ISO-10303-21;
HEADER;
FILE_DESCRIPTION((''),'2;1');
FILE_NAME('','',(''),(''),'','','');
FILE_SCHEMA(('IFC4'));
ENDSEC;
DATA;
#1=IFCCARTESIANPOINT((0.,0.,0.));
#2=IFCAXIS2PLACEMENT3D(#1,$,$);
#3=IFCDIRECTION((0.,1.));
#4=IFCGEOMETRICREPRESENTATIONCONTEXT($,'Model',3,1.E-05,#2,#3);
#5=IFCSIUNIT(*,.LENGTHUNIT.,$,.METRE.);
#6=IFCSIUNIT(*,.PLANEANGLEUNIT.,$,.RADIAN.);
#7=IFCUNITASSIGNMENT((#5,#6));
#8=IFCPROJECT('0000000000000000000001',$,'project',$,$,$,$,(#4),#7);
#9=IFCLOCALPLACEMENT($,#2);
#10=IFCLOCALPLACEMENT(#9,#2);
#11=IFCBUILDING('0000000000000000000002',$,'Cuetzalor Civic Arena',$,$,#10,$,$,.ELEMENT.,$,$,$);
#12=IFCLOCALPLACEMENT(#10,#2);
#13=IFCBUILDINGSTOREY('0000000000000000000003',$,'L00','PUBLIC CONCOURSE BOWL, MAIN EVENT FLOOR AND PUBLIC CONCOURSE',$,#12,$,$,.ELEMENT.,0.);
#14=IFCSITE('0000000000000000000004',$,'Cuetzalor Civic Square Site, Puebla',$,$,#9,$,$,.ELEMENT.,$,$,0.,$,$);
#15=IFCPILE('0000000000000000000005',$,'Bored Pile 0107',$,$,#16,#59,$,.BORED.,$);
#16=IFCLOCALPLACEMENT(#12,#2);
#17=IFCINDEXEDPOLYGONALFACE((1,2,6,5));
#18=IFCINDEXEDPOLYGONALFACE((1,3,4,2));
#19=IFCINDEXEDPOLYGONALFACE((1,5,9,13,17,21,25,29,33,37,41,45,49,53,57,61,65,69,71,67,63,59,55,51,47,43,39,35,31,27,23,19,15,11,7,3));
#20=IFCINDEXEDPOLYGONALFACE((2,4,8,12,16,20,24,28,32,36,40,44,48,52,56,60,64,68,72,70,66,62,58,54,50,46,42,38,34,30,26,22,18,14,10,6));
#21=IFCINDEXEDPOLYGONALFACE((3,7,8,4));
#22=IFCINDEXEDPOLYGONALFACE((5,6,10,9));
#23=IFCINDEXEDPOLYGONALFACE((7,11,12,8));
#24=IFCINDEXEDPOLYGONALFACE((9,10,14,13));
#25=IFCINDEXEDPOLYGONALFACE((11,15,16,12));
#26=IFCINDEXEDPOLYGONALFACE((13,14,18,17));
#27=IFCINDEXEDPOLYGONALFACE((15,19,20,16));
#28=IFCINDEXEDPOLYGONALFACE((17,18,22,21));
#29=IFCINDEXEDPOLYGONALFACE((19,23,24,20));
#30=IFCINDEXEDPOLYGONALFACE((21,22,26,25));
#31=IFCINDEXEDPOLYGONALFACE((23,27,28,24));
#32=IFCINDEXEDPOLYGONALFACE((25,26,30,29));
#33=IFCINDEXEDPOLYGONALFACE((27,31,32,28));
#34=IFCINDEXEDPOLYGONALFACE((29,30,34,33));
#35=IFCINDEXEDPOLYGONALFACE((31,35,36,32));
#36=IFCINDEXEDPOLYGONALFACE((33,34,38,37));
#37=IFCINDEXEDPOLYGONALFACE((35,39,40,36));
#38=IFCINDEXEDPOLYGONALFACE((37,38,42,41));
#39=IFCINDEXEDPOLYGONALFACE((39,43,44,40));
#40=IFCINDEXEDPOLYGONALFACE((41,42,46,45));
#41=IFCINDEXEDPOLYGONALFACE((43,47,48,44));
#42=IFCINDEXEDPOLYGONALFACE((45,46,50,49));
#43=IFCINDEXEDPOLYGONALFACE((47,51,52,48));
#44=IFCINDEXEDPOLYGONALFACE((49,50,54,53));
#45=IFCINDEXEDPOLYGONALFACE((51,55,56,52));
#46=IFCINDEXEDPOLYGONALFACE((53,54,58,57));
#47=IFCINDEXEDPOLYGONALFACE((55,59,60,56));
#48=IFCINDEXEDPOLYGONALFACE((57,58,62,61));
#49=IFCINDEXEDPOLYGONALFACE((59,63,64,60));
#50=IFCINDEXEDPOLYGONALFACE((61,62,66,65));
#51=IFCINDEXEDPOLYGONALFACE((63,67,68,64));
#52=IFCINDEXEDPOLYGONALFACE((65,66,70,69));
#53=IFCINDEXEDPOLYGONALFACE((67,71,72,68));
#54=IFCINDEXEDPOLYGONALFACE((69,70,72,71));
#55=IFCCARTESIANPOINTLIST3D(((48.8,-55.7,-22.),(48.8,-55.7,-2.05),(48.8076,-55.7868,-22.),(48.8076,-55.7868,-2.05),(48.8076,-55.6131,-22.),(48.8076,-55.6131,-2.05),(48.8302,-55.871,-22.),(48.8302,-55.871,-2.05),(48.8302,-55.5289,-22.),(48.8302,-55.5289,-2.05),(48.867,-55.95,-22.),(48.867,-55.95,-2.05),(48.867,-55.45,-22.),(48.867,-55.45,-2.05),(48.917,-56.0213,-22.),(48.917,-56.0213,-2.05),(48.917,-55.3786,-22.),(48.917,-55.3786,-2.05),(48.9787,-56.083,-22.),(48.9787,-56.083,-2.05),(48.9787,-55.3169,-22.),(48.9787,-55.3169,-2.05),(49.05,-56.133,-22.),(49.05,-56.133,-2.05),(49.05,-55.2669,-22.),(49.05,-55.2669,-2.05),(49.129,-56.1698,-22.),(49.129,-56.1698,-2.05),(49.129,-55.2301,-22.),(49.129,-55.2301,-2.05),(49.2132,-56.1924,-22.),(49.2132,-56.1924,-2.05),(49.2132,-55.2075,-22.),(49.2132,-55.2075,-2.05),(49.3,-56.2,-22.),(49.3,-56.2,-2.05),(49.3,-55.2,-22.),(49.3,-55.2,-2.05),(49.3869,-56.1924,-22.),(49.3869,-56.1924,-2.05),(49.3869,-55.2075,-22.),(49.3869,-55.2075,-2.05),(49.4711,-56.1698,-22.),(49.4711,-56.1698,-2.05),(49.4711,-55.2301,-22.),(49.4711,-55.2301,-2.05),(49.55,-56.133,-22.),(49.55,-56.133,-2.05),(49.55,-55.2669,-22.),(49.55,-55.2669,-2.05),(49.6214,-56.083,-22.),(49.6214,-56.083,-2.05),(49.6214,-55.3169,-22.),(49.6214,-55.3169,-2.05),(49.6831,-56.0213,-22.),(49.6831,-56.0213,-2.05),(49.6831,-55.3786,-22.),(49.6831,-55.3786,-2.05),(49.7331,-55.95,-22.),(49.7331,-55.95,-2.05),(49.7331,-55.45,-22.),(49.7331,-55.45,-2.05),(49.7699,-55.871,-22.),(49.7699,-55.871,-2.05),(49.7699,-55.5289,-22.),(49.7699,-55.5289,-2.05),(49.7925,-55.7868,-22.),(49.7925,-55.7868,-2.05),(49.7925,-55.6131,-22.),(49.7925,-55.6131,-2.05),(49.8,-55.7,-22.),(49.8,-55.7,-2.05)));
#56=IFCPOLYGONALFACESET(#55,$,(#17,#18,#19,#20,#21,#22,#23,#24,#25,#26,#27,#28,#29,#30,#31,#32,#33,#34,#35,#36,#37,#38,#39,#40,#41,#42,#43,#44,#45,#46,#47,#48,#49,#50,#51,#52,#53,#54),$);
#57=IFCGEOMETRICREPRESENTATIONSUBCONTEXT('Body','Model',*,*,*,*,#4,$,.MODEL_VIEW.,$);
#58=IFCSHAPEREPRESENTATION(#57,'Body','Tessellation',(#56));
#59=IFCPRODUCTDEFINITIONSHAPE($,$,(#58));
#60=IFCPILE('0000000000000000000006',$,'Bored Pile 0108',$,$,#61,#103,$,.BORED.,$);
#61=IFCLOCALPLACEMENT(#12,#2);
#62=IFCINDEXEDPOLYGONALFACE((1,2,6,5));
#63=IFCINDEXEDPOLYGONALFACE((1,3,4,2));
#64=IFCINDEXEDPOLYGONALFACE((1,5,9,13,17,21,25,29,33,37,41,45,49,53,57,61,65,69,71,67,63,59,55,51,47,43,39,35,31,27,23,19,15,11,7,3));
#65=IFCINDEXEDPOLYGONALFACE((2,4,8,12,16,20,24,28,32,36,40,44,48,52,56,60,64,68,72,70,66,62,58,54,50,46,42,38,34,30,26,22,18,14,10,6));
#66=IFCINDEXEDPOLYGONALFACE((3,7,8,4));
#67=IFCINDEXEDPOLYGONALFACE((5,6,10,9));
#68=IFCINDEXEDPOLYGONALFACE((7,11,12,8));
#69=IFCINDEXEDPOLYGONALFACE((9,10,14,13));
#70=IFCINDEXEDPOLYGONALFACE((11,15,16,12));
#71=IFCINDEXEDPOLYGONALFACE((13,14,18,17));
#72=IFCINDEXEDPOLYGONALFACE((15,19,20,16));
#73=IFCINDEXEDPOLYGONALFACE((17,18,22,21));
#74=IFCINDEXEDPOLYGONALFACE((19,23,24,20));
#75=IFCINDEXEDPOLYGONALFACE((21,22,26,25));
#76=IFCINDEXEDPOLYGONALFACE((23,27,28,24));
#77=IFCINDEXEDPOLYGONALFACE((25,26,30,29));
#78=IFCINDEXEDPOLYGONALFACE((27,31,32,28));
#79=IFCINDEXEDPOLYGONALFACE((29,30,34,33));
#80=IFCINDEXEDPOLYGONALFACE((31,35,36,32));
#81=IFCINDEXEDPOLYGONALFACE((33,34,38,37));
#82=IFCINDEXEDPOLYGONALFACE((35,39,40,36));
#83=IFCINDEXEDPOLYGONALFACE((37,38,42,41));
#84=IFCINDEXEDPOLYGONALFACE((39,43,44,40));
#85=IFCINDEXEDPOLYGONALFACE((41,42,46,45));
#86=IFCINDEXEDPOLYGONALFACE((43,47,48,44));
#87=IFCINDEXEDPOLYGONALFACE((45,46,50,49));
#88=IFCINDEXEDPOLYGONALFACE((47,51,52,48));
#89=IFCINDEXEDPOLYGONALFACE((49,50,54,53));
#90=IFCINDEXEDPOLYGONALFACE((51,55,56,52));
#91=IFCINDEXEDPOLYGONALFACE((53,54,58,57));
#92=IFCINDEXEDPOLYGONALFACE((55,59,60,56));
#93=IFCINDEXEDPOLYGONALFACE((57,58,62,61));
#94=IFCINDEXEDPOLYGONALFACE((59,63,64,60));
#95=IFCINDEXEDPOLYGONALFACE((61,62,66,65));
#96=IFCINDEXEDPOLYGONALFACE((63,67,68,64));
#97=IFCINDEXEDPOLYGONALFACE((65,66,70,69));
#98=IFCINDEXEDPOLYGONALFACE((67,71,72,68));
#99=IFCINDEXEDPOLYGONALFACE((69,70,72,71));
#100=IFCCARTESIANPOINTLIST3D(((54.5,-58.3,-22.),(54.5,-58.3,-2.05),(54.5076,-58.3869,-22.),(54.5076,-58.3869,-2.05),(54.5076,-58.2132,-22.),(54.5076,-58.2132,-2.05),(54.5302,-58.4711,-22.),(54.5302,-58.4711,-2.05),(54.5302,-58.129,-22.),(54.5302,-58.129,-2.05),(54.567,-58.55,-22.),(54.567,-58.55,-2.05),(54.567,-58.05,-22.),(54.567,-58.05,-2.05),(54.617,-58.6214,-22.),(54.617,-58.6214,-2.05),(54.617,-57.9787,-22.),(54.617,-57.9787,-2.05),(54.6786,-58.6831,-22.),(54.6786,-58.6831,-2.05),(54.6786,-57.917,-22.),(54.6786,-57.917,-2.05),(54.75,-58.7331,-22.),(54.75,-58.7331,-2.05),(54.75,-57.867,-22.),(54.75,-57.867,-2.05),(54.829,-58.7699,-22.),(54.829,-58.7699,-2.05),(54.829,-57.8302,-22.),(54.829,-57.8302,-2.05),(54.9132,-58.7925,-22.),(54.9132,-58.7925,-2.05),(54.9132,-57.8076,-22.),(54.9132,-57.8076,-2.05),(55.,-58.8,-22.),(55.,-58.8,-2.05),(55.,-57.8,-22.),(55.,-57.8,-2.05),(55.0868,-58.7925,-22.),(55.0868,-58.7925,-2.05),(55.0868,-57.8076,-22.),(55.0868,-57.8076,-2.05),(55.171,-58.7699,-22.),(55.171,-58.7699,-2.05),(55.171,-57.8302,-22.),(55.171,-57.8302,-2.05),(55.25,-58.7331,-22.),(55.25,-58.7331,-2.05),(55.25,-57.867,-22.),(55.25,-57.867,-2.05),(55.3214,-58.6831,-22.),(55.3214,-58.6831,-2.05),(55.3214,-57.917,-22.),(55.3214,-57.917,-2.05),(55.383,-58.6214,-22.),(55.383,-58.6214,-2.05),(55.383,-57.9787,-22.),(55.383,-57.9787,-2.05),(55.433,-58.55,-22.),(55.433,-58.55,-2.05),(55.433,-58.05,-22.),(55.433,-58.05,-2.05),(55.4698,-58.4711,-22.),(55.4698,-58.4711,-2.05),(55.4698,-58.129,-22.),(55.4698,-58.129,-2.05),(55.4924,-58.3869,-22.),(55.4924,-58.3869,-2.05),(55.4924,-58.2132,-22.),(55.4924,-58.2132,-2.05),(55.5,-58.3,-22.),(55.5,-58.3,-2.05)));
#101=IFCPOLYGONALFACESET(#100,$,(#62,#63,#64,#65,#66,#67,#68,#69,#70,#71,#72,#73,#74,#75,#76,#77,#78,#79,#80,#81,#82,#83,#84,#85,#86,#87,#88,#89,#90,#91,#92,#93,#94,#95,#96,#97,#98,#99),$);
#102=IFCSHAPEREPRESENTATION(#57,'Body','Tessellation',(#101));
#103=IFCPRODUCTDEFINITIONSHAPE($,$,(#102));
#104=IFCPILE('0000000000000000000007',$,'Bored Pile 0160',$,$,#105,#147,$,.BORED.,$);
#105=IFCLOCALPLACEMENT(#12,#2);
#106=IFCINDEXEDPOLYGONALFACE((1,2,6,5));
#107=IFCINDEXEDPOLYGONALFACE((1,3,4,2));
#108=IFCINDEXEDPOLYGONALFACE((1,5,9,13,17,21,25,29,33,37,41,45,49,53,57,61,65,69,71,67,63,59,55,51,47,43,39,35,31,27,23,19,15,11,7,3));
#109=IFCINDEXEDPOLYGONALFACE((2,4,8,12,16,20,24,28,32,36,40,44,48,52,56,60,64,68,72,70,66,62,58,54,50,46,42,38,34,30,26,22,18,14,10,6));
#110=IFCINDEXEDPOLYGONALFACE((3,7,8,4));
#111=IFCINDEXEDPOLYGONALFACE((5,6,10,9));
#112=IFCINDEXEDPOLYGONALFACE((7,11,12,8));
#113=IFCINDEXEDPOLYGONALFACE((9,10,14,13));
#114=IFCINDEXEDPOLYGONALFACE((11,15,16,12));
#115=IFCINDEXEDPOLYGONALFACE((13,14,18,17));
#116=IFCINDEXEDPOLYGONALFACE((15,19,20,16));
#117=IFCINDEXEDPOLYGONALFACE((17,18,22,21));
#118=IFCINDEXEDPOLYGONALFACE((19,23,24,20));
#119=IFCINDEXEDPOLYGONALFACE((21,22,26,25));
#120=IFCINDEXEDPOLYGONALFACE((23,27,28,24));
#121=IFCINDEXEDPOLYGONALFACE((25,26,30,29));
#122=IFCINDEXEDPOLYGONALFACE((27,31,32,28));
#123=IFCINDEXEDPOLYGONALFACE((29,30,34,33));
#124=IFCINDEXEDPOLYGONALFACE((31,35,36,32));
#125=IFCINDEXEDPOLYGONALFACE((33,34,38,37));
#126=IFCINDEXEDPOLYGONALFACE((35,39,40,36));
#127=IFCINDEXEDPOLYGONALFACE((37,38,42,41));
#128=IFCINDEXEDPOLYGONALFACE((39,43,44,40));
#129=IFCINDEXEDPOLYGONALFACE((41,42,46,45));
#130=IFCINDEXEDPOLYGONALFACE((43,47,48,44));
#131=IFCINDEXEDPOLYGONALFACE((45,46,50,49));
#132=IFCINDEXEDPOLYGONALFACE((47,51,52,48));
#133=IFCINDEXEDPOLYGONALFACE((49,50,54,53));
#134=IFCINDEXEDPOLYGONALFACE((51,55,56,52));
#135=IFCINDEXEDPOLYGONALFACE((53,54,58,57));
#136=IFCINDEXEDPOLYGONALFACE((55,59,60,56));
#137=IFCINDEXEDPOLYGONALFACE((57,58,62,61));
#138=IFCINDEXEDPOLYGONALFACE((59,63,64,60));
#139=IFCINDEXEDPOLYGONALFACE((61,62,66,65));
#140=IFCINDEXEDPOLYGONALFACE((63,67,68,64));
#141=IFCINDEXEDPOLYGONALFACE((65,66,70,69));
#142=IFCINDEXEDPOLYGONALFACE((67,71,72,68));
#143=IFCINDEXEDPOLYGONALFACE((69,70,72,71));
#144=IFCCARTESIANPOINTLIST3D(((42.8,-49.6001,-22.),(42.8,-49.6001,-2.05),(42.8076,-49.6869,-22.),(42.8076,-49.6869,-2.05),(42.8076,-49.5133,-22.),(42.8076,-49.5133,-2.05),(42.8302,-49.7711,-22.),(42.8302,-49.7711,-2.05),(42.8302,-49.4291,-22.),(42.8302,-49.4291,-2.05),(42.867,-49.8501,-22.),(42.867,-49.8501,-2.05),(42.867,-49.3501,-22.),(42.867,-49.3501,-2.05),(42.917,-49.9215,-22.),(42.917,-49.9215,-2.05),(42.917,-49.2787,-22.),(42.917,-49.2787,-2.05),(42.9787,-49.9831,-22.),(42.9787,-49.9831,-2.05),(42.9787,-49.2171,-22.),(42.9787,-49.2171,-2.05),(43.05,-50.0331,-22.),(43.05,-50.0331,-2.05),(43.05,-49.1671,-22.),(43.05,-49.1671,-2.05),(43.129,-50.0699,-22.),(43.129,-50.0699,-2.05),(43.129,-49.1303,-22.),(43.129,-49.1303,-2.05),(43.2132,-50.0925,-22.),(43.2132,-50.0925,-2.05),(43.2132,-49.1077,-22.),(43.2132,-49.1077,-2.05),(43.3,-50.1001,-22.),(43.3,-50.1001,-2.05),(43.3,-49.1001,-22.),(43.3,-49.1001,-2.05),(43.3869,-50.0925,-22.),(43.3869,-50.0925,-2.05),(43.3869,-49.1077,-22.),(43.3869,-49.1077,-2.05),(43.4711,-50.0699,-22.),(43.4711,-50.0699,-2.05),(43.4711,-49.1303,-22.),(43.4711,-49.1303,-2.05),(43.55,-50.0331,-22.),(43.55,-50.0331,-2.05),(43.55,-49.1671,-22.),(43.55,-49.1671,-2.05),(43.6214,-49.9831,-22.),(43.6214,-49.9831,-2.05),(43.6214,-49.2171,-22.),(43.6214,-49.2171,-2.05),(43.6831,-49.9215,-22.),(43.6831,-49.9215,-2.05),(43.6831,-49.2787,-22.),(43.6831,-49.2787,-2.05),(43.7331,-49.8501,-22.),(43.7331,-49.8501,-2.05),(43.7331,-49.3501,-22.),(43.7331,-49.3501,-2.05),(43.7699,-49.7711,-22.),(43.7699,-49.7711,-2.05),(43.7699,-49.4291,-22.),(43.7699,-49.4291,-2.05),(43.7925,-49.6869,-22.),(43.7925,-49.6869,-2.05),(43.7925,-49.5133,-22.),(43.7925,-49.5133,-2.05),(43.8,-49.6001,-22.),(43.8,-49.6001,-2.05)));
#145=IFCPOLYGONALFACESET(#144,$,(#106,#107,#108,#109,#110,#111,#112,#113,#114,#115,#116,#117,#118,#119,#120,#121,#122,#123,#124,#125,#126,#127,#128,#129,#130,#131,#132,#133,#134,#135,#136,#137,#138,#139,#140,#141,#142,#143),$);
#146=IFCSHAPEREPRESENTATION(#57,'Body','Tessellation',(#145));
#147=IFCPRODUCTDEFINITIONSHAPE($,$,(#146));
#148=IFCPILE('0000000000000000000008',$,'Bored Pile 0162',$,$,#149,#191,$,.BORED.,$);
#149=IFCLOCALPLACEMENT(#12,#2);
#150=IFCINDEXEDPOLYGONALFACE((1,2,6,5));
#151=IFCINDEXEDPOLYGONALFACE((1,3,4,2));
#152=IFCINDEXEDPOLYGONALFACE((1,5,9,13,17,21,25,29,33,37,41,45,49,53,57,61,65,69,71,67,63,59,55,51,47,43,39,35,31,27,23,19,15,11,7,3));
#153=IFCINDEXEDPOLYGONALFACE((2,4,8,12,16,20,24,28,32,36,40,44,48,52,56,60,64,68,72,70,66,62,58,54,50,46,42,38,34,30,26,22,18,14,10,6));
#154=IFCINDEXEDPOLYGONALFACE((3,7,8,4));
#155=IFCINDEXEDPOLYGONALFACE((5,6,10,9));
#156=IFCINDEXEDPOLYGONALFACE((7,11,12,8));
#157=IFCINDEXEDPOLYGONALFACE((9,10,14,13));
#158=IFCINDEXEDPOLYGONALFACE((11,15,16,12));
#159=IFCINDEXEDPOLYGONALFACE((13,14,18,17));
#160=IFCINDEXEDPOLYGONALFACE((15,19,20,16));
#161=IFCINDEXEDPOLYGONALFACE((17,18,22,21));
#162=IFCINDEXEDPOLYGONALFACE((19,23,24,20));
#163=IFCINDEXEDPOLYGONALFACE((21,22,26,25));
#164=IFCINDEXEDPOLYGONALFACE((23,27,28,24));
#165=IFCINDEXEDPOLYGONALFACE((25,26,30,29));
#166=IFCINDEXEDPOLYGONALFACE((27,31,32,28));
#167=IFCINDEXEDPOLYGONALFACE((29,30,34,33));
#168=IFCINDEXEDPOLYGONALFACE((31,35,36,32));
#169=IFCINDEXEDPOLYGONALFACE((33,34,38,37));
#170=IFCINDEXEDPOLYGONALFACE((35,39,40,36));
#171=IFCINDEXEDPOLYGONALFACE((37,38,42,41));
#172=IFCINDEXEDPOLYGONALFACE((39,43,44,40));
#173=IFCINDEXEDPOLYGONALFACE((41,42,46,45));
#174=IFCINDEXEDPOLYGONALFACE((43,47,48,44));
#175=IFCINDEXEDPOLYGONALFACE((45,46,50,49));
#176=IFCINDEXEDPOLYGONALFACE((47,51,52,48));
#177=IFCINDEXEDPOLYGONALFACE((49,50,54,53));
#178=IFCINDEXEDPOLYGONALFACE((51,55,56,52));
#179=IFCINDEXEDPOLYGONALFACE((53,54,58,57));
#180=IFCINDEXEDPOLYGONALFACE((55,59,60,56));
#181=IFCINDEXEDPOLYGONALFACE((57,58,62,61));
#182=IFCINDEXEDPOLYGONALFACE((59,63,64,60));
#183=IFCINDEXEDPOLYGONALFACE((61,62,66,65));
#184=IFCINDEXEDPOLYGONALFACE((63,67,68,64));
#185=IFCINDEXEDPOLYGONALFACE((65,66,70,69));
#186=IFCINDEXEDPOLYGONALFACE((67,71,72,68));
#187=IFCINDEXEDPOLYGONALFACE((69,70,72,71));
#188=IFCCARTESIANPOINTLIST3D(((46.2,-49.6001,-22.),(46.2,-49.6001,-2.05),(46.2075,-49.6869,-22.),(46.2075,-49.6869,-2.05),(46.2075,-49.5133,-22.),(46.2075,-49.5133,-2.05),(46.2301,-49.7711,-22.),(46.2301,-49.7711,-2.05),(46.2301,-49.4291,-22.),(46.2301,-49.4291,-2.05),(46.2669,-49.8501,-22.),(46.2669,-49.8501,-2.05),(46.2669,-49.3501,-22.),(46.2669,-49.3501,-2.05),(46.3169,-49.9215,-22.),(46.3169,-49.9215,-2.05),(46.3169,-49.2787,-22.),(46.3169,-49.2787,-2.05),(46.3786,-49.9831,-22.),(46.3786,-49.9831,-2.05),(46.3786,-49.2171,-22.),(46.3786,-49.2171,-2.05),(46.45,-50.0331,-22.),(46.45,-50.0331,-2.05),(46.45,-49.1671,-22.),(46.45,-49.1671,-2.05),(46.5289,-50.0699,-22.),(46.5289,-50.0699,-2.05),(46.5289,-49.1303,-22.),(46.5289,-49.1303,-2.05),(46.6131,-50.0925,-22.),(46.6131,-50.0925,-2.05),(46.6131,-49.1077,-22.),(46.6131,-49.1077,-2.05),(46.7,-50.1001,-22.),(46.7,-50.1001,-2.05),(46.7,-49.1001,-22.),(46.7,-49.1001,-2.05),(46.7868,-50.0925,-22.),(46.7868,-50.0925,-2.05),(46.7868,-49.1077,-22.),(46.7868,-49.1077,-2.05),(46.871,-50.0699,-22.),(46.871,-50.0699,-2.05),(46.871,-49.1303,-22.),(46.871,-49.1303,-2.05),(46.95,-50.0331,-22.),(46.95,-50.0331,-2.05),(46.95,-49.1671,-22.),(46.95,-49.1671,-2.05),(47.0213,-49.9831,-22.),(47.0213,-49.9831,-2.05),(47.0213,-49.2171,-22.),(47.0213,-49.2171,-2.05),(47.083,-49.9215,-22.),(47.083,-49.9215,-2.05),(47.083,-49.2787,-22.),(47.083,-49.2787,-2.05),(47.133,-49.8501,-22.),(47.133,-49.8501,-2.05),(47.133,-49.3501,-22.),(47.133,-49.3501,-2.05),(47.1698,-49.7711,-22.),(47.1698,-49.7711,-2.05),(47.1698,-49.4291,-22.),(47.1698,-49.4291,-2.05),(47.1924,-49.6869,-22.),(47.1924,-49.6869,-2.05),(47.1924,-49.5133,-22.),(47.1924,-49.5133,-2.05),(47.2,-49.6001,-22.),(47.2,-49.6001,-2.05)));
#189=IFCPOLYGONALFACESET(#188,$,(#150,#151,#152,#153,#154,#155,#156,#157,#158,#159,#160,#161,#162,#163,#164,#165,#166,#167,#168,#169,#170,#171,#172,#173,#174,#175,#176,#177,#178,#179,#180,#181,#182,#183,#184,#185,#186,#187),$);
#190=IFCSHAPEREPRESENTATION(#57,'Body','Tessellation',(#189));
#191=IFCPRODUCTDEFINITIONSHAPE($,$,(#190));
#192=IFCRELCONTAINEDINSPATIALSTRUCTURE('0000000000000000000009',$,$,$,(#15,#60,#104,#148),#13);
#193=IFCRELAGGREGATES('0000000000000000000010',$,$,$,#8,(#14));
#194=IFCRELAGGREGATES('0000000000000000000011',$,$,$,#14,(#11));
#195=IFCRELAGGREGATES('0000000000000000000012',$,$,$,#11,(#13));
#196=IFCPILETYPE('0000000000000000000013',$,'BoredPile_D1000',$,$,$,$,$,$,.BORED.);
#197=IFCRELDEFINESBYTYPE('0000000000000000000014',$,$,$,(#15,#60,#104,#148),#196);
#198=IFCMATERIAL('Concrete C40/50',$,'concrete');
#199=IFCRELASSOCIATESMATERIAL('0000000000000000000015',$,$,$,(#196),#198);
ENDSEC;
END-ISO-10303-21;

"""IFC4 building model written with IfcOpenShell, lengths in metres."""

from ifc_helpers import new_model, si_unit, direction, frame, origin, origin_2d, place, context, subcontext, project, spatial, circle, extrude, material, material_profile, profile_set, type_object, element, save


model = new_model("IFC4")

# Units and contexts
model_context = context("Model", 3, precision=1e-05, world=origin(), true_north=direction((0.0, 1.0)))
body_context = subcontext(model_context, "Body", "Model", "MODEL_VIEW")
ifc_project = project(units=[si_unit("LENGTHUNIT", "METRE"), si_unit("PLANEANGLEUNIT", "RADIAN")], contexts=[model_context])

# Site, building, storey
site_placement = place(None, origin())
site = spatial("IfcSite", under=ifc_project, at=site_placement, Name="Cuetzalor Civic Square Site, Puebla", CompositionType="ELEMENT", RefElevation=0.0)
building_placement = place(site_placement, origin())
building = spatial("IfcBuilding", under=site, at=building_placement, Name="Cuetzalor Civic Arena", CompositionType="ELEMENT")
storey_placement = place(building_placement, origin())
storey = spatial("IfcBuildingStorey", under=building, at=storey_placement, Name="L00", Description="PUBLIC CONCOURSE BOWL, MAIN EVENT FLOOR AND PUBLIC CONCOURSE", CompositionType="ELEMENT", Elevation=0.0)

# Piles
ifc_material_1 = material(Name="Concrete C40/50", Category="concrete")
ifc_material_profile_1 = material_profile(ifc_material_1, circle(Radius=0.5, at=origin_2d()), Name="BORED PILE D1000")
ifc_profile_set_1 = profile_set([ifc_material_profile_1], Name="Concrete C40/50")
pile_type = type_object("IfcPileType", Name="BoredPile_D1000", PredefinedType="BORED", material=ifc_profile_set_1)
for number, where, z_axis, x_axis, name in (
    (1, (49.3, -55.7, -2.05), (0.0, 0.0, -1.0), (1.0, 0.0, 0.0), "Bored Pile 0107"),
    (2, (55.0, -58.3, -2.05), (0.0, 0.0, -1.0), (1.0, 0.0, 0.0), "Bored Pile 0108"),
    (3, (43.3, -49.6001, -2.05), (0.0, 0.0, -1.0), (1.0, 0.0, 0.0), "Bored Pile 0160"),
    (4, (46.7, -49.6001, -2.05), (0.0, 0.0, -1.0), (1.0, 0.0, 0.0), "Bored Pile 0162"),
):
    element("IfcPile", number, at=place(storey_placement, frame(where, z_axis=z_axis, x_axis=x_axis)), inside=storey, type_object=pile_type, Name=name, PredefinedType="BORED", context=body_context, shape_type="SweptSolid", body=[
        extrude(circle(Radius=0.5, at=origin_2d()), origin(), (0.0, 0.0, 1.0), 19.95),
    ])

save(model, "model.ifc")
